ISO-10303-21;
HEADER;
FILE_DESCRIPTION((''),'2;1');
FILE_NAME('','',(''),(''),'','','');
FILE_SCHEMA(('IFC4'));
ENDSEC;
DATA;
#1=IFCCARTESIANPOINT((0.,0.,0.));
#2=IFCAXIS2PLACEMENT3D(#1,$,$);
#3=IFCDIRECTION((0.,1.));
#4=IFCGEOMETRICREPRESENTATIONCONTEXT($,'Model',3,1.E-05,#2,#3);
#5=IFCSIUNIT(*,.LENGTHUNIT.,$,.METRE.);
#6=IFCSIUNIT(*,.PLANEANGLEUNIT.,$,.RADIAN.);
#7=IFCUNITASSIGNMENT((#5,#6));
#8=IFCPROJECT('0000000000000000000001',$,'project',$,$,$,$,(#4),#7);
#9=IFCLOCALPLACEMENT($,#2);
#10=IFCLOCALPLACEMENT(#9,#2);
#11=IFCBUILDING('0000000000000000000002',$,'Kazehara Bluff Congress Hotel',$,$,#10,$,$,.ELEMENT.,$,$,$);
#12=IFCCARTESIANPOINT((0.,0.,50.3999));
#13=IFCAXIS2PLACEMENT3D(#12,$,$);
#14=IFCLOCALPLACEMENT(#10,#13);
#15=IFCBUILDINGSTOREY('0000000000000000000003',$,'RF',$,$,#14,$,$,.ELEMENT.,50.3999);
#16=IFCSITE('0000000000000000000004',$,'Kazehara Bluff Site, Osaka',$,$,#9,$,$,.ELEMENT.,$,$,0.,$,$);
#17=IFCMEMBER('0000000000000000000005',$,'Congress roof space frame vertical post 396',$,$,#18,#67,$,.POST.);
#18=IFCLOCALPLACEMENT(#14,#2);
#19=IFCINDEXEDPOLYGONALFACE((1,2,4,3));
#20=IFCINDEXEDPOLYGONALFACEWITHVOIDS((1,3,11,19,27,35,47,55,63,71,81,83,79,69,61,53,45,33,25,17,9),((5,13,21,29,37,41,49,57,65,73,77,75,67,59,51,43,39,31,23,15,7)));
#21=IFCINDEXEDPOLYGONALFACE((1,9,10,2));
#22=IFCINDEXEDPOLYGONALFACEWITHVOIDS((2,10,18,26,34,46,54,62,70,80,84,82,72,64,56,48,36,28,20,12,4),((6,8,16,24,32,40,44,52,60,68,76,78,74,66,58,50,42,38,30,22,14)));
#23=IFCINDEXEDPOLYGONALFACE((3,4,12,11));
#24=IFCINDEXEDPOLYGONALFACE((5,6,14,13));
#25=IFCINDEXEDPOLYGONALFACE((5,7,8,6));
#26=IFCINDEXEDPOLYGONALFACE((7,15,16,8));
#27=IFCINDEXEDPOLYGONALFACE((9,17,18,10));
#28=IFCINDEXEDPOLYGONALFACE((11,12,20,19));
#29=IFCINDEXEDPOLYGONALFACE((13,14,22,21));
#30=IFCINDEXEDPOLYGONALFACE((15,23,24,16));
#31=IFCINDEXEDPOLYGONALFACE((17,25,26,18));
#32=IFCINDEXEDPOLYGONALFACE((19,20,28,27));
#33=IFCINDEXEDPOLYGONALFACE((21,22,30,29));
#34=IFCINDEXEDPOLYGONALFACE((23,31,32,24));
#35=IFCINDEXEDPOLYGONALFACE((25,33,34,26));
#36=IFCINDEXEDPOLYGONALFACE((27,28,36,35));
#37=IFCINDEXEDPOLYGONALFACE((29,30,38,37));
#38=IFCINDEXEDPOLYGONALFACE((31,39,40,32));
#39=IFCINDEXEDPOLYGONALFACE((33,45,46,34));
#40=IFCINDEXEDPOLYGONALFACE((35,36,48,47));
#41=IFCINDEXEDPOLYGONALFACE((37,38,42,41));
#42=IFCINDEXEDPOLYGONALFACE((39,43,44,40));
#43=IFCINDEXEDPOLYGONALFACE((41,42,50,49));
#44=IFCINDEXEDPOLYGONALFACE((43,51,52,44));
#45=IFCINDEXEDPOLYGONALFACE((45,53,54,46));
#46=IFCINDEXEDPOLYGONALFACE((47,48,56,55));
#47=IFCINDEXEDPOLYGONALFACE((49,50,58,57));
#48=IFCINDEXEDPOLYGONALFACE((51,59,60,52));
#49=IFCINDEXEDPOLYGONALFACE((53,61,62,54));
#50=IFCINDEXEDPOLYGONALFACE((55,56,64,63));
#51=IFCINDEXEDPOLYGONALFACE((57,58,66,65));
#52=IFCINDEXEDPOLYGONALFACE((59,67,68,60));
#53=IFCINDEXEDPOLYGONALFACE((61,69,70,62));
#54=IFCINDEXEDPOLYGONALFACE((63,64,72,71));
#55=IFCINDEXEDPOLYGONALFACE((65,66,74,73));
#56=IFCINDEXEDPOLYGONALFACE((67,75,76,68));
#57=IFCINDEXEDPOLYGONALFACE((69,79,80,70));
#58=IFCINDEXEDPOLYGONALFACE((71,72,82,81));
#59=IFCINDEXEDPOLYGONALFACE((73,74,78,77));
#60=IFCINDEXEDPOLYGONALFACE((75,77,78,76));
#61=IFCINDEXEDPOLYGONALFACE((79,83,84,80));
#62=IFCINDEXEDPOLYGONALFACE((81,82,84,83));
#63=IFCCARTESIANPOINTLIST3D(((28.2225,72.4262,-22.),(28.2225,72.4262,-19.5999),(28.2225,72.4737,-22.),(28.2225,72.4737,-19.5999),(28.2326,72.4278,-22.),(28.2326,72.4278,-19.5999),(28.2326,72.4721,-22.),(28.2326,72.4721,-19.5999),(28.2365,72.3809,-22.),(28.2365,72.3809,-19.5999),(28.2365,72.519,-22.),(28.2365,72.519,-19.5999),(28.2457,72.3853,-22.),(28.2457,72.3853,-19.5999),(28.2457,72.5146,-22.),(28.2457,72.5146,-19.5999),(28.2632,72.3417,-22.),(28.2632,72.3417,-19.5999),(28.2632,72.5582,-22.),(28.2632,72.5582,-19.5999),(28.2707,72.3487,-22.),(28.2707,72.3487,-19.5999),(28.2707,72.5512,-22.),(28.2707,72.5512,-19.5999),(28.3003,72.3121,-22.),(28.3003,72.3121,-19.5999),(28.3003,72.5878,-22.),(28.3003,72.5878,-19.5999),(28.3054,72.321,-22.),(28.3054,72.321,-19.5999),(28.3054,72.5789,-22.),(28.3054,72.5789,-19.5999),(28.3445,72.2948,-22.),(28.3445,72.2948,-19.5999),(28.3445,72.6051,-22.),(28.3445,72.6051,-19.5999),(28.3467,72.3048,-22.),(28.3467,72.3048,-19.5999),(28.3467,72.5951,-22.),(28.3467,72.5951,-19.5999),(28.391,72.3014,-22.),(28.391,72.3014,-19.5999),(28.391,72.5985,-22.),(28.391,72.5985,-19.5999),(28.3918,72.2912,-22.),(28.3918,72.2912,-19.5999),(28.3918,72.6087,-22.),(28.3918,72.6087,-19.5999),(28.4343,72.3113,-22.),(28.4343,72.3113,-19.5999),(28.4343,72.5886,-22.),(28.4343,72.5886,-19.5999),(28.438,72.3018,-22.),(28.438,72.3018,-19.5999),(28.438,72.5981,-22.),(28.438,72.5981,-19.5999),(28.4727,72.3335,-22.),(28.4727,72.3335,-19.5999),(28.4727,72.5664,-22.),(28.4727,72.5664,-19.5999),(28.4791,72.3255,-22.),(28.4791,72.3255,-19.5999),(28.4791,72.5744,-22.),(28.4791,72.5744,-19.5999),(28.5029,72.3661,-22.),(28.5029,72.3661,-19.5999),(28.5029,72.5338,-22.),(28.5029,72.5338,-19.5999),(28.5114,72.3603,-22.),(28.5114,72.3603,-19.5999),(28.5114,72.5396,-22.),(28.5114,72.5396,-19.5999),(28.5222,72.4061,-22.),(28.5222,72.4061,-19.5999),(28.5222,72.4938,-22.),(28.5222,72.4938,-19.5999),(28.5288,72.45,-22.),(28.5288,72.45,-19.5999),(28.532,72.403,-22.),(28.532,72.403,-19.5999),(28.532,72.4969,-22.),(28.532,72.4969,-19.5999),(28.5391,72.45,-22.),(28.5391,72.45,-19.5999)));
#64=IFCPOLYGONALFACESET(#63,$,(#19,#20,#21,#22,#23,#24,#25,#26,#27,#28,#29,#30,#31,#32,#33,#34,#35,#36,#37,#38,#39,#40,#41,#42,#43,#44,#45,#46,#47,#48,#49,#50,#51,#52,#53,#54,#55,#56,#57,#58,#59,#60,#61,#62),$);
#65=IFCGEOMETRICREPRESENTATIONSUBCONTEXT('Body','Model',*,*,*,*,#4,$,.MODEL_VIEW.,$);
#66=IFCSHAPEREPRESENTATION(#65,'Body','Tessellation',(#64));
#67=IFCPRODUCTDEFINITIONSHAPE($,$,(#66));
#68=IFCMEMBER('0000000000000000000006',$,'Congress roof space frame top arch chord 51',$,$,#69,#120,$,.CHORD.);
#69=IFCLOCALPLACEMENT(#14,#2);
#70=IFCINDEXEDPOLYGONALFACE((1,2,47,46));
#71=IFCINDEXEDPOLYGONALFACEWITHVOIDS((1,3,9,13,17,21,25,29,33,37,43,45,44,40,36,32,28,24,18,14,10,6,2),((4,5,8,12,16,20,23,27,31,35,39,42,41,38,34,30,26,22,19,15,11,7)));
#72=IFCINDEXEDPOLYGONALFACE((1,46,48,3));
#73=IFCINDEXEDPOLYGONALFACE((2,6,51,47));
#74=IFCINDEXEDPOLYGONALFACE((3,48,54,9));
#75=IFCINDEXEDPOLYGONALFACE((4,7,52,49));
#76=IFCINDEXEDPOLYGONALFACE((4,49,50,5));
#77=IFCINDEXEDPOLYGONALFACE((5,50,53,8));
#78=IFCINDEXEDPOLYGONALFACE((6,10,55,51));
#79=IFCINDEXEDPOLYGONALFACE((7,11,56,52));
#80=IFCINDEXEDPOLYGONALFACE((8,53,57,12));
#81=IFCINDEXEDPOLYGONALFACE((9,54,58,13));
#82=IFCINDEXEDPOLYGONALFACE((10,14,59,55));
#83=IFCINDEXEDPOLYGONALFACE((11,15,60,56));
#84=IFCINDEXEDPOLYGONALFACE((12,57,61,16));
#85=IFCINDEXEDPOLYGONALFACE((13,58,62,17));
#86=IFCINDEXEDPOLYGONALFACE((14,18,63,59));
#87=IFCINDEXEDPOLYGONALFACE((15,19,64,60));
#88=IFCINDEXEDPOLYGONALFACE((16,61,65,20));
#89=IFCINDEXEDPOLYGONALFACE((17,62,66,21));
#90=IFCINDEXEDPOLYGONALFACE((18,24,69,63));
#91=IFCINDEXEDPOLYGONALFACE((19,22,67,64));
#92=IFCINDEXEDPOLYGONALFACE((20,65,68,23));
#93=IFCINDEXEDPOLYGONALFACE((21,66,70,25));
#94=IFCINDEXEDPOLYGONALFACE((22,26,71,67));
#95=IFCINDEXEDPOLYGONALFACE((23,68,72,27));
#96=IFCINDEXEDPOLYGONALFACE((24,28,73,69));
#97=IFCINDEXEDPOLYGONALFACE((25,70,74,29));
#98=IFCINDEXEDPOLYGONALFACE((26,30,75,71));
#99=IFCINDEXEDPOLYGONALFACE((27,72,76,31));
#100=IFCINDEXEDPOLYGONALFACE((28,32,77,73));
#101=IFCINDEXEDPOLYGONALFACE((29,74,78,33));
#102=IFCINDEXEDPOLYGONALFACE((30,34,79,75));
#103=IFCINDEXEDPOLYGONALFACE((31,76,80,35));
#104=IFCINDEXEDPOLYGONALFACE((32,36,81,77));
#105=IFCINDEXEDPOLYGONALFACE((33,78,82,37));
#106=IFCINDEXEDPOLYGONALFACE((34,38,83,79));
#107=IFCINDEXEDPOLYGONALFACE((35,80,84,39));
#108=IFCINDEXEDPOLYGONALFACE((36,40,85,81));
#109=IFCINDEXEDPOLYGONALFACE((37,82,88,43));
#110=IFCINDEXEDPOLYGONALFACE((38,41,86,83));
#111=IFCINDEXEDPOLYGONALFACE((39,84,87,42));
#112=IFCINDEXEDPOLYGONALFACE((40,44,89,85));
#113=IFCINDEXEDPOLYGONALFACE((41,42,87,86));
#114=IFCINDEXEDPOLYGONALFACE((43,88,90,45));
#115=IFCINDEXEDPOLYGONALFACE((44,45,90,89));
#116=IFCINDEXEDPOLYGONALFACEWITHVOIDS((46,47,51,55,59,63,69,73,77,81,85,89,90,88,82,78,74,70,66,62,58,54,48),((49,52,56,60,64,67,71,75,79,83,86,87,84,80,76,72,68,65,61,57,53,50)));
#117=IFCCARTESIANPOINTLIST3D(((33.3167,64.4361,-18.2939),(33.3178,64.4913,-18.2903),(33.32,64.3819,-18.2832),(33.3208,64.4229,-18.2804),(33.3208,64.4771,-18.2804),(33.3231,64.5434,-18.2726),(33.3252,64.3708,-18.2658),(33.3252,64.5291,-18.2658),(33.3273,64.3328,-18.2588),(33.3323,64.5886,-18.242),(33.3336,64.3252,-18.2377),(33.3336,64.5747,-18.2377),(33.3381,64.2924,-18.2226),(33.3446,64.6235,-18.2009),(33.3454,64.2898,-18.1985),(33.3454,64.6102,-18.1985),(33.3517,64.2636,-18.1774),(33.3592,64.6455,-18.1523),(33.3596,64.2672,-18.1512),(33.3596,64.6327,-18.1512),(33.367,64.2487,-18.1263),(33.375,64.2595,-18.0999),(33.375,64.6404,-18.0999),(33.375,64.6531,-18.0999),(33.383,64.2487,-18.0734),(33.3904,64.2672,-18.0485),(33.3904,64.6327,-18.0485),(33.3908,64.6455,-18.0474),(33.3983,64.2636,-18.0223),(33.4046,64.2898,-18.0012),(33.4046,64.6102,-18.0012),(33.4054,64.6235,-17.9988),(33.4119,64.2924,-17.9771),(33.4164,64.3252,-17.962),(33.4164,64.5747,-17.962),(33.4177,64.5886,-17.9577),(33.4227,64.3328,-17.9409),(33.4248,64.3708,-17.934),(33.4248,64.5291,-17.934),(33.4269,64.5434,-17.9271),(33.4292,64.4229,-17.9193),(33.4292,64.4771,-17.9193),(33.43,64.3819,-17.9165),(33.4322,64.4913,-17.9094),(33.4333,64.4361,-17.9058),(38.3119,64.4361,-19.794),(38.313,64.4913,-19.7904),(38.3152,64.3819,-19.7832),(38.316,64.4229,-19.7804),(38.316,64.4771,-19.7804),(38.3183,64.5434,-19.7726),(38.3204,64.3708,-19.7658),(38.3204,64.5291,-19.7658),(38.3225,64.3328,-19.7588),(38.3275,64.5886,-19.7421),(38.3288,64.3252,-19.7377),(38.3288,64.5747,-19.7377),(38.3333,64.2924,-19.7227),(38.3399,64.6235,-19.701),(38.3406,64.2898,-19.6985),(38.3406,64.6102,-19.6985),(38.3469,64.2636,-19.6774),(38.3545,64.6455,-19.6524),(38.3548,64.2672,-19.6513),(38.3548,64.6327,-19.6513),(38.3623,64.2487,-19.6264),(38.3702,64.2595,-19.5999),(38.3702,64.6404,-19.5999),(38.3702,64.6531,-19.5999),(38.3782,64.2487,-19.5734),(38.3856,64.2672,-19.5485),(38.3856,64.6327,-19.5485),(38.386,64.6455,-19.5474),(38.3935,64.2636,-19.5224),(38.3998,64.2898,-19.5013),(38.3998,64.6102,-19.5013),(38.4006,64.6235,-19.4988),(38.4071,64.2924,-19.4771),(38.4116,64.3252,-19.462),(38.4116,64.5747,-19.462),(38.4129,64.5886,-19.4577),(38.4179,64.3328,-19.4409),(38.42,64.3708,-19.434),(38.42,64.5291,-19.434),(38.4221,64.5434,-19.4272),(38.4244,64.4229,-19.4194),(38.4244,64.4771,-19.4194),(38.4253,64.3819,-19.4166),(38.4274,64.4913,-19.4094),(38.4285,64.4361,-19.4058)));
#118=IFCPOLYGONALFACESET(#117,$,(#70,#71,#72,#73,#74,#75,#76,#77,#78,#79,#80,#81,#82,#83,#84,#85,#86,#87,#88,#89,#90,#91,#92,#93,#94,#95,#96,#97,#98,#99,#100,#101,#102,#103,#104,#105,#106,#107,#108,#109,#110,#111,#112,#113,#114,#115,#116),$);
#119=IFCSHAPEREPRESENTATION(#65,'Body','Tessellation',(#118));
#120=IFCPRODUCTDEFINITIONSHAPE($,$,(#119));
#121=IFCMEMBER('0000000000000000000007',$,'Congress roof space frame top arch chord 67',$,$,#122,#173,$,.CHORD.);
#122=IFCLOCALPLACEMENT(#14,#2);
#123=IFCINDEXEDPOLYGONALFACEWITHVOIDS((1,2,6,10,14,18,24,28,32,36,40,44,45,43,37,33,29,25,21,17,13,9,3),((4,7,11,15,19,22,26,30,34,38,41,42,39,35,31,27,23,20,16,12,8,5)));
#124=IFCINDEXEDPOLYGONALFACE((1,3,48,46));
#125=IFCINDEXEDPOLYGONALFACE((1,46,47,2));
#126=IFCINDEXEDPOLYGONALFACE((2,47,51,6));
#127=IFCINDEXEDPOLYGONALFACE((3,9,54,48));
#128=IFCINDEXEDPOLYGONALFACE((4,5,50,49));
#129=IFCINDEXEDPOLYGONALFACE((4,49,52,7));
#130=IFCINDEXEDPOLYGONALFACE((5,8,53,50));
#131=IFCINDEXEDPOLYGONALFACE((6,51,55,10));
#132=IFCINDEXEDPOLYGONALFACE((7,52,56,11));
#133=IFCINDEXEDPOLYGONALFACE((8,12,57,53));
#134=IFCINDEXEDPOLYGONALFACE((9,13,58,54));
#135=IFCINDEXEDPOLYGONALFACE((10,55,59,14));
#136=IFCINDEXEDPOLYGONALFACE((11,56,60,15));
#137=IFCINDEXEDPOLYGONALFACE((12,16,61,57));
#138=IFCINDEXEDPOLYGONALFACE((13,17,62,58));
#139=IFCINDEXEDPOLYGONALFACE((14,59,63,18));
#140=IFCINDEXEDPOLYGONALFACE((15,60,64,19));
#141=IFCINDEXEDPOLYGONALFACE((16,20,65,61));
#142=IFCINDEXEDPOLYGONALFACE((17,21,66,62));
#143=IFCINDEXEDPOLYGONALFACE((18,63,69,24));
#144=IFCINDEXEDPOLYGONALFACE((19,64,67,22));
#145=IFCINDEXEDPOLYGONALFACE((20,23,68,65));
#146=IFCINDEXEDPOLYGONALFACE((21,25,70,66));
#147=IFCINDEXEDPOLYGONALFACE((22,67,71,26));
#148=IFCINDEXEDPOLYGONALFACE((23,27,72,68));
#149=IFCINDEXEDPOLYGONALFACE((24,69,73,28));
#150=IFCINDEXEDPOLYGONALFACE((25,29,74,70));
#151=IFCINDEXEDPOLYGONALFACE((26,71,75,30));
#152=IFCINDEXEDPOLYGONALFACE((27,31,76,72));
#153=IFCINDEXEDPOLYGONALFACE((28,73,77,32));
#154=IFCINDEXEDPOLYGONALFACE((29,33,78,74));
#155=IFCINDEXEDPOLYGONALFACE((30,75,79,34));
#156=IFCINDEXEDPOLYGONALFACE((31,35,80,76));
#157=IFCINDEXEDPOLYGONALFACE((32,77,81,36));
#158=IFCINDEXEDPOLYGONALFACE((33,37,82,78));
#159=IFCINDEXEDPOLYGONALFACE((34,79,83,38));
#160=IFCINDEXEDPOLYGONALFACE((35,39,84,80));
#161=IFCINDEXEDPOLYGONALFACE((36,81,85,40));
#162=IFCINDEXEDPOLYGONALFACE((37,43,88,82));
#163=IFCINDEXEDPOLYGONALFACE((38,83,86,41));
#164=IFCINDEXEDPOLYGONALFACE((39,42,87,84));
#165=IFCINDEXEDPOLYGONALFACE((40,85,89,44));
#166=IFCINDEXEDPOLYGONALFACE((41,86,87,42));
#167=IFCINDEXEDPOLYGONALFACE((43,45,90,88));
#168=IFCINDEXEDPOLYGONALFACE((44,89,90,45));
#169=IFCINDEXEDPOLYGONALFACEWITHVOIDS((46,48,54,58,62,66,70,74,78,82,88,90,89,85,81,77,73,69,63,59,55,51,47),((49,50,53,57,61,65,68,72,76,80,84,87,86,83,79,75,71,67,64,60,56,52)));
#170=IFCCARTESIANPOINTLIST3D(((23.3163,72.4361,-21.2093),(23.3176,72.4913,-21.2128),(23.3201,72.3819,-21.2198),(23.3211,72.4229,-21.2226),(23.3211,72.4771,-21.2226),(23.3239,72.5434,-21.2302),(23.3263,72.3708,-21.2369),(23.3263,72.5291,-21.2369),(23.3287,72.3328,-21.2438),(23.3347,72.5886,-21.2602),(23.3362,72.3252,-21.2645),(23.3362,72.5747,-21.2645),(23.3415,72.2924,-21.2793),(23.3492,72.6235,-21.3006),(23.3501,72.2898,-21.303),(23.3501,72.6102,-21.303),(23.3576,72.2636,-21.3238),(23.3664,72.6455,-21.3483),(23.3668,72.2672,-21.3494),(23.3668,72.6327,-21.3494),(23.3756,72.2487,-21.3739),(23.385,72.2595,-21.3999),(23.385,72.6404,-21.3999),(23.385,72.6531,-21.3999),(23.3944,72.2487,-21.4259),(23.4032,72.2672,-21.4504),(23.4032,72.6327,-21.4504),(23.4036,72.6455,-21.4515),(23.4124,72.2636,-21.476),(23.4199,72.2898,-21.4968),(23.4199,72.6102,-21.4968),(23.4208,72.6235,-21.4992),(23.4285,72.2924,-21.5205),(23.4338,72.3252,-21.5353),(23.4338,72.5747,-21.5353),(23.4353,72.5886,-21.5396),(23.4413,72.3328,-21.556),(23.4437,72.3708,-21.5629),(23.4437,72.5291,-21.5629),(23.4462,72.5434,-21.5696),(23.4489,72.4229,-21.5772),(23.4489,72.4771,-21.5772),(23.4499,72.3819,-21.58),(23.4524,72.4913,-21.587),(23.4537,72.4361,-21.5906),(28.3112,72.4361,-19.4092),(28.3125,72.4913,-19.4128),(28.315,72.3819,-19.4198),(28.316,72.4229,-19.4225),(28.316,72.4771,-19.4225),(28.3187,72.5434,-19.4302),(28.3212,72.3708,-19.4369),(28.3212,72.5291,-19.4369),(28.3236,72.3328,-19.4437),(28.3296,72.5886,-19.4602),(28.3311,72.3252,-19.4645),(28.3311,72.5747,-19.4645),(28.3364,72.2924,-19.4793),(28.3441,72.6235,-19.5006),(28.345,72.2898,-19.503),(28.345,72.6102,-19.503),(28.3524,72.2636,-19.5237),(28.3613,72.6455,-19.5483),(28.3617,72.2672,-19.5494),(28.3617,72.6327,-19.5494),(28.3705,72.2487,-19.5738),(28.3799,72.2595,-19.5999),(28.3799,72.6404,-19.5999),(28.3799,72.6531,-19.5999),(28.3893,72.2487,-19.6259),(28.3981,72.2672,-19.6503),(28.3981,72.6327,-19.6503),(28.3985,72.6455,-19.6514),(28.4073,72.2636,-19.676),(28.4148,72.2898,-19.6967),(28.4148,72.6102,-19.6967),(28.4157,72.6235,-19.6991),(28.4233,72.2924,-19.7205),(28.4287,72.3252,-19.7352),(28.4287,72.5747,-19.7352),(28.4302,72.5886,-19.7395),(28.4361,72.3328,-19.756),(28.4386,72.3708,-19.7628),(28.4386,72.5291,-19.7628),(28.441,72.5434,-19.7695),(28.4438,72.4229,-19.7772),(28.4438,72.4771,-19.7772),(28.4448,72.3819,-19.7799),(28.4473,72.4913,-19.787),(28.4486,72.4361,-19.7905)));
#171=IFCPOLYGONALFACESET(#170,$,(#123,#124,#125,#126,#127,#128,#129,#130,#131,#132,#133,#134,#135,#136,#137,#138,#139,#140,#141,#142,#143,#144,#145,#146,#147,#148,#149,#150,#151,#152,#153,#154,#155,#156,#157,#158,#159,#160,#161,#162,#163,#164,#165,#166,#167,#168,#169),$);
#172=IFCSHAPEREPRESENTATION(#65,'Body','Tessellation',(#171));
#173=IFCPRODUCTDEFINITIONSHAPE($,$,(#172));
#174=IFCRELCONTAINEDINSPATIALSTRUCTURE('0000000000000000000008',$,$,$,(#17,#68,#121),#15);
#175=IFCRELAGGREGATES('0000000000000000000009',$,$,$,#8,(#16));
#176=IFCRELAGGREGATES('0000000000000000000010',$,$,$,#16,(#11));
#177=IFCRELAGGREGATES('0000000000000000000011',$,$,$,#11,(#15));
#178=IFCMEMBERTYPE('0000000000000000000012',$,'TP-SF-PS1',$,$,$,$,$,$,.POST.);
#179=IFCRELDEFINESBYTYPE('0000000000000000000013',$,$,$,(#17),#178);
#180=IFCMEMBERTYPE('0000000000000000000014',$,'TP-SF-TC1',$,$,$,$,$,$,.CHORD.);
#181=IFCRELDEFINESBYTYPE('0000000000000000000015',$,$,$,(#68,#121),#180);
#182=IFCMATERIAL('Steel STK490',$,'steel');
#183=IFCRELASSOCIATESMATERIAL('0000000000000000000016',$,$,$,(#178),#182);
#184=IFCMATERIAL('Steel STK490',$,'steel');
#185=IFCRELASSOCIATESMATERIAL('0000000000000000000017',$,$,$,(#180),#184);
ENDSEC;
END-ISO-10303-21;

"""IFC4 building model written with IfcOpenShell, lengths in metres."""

from ifc_helpers import new_model, si_unit, direction, frame, origin, origin_2d, place, context, subcontext, project, spatial, hollow_circle, extrude, material, material_profile, profile_set, type_object, element, save


model = new_model("IFC4")

# Units and contexts
model_context = context("Model", 3, precision=1e-05, world=origin(), true_north=direction((0.0, 1.0)))
body_context = subcontext(model_context, "Body", "Model", "MODEL_VIEW")
ifc_project = project(units=[si_unit("LENGTHUNIT", "METRE"), si_unit("PLANEANGLEUNIT", "RADIAN")], contexts=[model_context])

# Site, building, storey
site_placement = place(None, origin())
site = spatial("IfcSite", under=ifc_project, at=site_placement, Name="Kazehara Bluff Site, Osaka", CompositionType="ELEMENT", RefElevation=0.0)
building_placement = place(site_placement, origin())
building = spatial("IfcBuilding", under=site, at=building_placement, Name="Kazehara Bluff Congress Hotel", CompositionType="ELEMENT")
storey_placement = place(building_placement, frame((0.0, 0.0, 50.3999)))
storey = spatial("IfcBuildingStorey", under=building, at=storey_placement, Name="RF", CompositionType="ELEMENT", Elevation=50.3999)

# Members
ifc_material_1 = material(Name="Steel STK490", Category="steel")
ifc_material_profile_1 = material_profile(ifc_material_1, hollow_circle(Radius=0.1592, WallThickness=0.0103, at=origin_2d()))
ifc_profile_set_1 = profile_set([ifc_material_profile_1], Name="Steel STK490")
member_type_1 = type_object("IfcMemberType", Name="TP-SF-PS1", PredefinedType="POST", material=ifc_profile_set_1)
member_1_placement = place(storey_placement, frame((28.3799, 72.45, -22.0), z_axis=(0.0, 0.0, 1.0), x_axis=(1.0, 0.0, 0.0)))
element("IfcMember", 1, at=member_1_placement, inside=storey, type_object=member_type_1, Name="Congress roof space frame vertical post 396", PredefinedType="POST", context=body_context, shape_type="SweptSolid", body=[
    extrude(hollow_circle(Radius=0.1592, WallThickness=0.0103, at=origin_2d()), origin(), (0.0, 0.0, 1.0), 2.4001),
])
ifc_material_2 = material(Name="Steel STK490", Category="steel")
ifc_material_profile_2 = material_profile(ifc_material_2, hollow_circle(Radius=0.2031, WallThickness=0.0127, at=origin_2d()))
ifc_profile_set_2 = profile_set([ifc_material_profile_2], Name="Steel STK490")
member_type_2 = type_object("IfcMemberType", Name="TP-SF-TC1", PredefinedType="CHORD", material=ifc_profile_set_2)
member_2_placement = place(storey_placement, frame((33.375, 64.45, -18.0999), z_axis=(0.957749, 0.0, -0.287606), x_axis=(0.0, 1.0, 0.0)))
element("IfcMember", 2, at=member_2_placement, inside=storey, type_object=member_type_2, Name="Congress roof space frame top arch chord 51", PredefinedType="CHORD", context=body_context, shape_type="SweptSolid", body=[
    extrude(hollow_circle(Radius=0.2031, WallThickness=0.0127, at=origin_2d()), origin(), (0.0, 0.0, 1.0), 5.2156),
])
member_3_placement = place(storey_placement, frame((23.385, 72.45, -21.3999), z_axis=(0.940774, 0.0, 0.339035), x_axis=(0.0, 1.0, 0.0)))
element("IfcMember", 3, at=member_3_placement, inside=storey, type_object=member_type_2, Name="Congress roof space frame top arch chord 67", PredefinedType="CHORD", context=body_context, shape_type="SweptSolid", body=[
    extrude(hollow_circle(Radius=0.2031, WallThickness=0.0127, at=origin_2d()), origin(), (0.0, 0.0, 1.0), 5.3093),
])

save(model, "model.ifc")
